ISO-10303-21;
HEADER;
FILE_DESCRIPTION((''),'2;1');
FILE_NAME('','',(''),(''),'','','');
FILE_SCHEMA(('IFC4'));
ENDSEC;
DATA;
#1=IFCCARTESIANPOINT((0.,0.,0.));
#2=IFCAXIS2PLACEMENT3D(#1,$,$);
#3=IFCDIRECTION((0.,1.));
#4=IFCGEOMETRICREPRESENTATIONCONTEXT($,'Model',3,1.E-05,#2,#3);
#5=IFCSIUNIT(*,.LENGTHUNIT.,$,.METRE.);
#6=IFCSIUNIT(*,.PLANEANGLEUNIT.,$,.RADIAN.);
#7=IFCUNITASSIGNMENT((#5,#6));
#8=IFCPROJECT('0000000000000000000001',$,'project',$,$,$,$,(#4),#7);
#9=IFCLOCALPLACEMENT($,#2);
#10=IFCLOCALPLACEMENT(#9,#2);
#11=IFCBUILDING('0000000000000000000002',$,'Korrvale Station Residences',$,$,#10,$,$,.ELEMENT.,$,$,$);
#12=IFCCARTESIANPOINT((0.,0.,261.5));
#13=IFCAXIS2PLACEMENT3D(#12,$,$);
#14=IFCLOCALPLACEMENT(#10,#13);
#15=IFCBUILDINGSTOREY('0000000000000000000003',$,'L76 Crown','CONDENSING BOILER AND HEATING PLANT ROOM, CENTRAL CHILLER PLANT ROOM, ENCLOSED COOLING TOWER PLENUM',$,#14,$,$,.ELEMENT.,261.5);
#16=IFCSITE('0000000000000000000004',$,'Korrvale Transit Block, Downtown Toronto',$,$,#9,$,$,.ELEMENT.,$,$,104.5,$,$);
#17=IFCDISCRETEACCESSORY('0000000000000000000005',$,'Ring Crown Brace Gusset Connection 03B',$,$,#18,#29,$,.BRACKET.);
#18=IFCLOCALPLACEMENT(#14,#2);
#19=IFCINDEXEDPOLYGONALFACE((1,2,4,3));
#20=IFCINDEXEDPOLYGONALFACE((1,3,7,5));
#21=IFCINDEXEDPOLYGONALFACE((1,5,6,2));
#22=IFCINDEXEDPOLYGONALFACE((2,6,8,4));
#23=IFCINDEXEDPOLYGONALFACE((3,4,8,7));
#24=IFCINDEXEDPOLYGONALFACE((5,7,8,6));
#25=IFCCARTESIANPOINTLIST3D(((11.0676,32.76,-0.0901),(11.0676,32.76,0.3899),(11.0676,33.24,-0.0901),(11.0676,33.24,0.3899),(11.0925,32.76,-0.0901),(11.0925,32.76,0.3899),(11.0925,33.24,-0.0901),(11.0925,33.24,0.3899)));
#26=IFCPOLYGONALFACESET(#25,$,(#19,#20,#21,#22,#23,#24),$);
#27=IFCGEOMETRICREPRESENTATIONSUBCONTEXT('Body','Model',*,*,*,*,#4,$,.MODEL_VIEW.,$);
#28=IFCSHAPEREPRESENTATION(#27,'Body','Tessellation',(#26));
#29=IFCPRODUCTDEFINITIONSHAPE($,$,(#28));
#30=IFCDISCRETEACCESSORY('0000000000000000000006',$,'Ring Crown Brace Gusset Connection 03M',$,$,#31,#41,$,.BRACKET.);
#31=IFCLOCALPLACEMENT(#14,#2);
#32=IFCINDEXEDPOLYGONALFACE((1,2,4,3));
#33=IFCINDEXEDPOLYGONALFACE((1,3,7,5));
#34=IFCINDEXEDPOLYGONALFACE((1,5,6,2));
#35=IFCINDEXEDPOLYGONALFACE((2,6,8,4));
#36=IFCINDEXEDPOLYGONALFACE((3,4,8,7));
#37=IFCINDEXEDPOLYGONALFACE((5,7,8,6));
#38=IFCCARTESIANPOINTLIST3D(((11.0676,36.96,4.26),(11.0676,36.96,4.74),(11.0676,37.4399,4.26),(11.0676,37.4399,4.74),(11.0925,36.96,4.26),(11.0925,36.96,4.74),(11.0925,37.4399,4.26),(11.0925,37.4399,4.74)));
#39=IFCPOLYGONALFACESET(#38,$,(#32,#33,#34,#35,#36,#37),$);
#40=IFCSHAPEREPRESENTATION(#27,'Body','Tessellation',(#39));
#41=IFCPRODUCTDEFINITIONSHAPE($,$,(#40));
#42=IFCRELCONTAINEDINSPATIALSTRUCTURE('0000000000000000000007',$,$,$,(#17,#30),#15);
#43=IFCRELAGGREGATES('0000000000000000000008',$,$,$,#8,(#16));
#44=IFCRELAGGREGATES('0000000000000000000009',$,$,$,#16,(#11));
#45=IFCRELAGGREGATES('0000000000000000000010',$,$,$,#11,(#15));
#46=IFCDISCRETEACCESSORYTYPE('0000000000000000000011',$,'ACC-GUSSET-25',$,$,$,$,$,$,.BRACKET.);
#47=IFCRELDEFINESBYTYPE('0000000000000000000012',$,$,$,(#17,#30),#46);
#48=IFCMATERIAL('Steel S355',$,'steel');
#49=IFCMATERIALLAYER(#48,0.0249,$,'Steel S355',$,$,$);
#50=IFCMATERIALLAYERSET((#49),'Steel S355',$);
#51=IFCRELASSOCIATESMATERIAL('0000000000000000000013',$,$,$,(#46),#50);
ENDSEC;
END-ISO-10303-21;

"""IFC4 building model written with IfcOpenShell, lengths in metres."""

from ifc_helpers import new_model, si_unit, direction, frame, origin, origin_2d, place, context, subcontext, project, spatial, rectangle, extrude, material, layer, layer_set, type_object, element, save


model = new_model("IFC4")

# Units and contexts
model_context = context("Model", 3, precision=1e-05, world=origin(), true_north=direction((0.0, 1.0)))
body_context = subcontext(model_context, "Body", "Model", "MODEL_VIEW")
ifc_project = project(units=[si_unit("LENGTHUNIT", "METRE"), si_unit("PLANEANGLEUNIT", "RADIAN")], contexts=[model_context])

# Site, building, storey
site_placement = place(None, origin())
site = spatial("IfcSite", under=ifc_project, at=site_placement, Name="Korrvale Transit Block, Downtown Toronto", CompositionType="ELEMENT", RefElevation=104.5)
building_placement = place(site_placement, origin())
building = spatial("IfcBuilding", under=site, at=building_placement, Name="Korrvale Station Residences", CompositionType="ELEMENT")
storey_placement = place(building_placement, frame((0.0, 0.0, 261.5)))
storey = spatial("IfcBuildingStorey", under=building, at=storey_placement, Name="L76 Crown", Description="CONDENSING BOILER AND HEATING PLANT ROOM, CENTRAL CHILLER PLANT ROOM, ENCLOSED COOLING TOWER PLENUM", CompositionType="ELEMENT", Elevation=261.5)

# Shared definitions
ifc_material_1 = material(Name="Steel S355", Category="steel")

# Discrete accessories
ifc_layer_1 = layer(ifc_material_1, 0.0249, Name="Steel S355")
ifc_layer_set_1 = layer_set([ifc_layer_1], Name="Steel S355")
discrete_accessory_type = type_object("IfcDiscreteAccessoryType", Name="ACC-GUSSET-25", PredefinedType="BRACKET", material=ifc_layer_set_1)
for number, where, z_axis, x_axis, name in (
    (1, (11.0801, 33.0, -0.0901), (0.0, 0.0, 1.0), (0.0, 1.0, 0.0), "Ring Crown Brace Gusset Connection 03B"),
    (2, (11.0801, 37.2, 4.26), (0.0, 0.0, 1.0), (0.0, 1.0, 0.0), "Ring Crown Brace Gusset Connection 03M"),
):
    element("IfcDiscreteAccessory", number, at=place(storey_placement, frame(where, z_axis=z_axis, x_axis=x_axis)), inside=storey, type_object=discrete_accessory_type, Name=name, PredefinedType="BRACKET", context=body_context, shape_type="SweptSolid", body=[
        extrude(rectangle(XDim=0.48, YDim=0.0249, at=origin_2d()), origin(), (0.0, 0.0, 1.0), 0.48),
    ])

save(model, "model.ifc")
